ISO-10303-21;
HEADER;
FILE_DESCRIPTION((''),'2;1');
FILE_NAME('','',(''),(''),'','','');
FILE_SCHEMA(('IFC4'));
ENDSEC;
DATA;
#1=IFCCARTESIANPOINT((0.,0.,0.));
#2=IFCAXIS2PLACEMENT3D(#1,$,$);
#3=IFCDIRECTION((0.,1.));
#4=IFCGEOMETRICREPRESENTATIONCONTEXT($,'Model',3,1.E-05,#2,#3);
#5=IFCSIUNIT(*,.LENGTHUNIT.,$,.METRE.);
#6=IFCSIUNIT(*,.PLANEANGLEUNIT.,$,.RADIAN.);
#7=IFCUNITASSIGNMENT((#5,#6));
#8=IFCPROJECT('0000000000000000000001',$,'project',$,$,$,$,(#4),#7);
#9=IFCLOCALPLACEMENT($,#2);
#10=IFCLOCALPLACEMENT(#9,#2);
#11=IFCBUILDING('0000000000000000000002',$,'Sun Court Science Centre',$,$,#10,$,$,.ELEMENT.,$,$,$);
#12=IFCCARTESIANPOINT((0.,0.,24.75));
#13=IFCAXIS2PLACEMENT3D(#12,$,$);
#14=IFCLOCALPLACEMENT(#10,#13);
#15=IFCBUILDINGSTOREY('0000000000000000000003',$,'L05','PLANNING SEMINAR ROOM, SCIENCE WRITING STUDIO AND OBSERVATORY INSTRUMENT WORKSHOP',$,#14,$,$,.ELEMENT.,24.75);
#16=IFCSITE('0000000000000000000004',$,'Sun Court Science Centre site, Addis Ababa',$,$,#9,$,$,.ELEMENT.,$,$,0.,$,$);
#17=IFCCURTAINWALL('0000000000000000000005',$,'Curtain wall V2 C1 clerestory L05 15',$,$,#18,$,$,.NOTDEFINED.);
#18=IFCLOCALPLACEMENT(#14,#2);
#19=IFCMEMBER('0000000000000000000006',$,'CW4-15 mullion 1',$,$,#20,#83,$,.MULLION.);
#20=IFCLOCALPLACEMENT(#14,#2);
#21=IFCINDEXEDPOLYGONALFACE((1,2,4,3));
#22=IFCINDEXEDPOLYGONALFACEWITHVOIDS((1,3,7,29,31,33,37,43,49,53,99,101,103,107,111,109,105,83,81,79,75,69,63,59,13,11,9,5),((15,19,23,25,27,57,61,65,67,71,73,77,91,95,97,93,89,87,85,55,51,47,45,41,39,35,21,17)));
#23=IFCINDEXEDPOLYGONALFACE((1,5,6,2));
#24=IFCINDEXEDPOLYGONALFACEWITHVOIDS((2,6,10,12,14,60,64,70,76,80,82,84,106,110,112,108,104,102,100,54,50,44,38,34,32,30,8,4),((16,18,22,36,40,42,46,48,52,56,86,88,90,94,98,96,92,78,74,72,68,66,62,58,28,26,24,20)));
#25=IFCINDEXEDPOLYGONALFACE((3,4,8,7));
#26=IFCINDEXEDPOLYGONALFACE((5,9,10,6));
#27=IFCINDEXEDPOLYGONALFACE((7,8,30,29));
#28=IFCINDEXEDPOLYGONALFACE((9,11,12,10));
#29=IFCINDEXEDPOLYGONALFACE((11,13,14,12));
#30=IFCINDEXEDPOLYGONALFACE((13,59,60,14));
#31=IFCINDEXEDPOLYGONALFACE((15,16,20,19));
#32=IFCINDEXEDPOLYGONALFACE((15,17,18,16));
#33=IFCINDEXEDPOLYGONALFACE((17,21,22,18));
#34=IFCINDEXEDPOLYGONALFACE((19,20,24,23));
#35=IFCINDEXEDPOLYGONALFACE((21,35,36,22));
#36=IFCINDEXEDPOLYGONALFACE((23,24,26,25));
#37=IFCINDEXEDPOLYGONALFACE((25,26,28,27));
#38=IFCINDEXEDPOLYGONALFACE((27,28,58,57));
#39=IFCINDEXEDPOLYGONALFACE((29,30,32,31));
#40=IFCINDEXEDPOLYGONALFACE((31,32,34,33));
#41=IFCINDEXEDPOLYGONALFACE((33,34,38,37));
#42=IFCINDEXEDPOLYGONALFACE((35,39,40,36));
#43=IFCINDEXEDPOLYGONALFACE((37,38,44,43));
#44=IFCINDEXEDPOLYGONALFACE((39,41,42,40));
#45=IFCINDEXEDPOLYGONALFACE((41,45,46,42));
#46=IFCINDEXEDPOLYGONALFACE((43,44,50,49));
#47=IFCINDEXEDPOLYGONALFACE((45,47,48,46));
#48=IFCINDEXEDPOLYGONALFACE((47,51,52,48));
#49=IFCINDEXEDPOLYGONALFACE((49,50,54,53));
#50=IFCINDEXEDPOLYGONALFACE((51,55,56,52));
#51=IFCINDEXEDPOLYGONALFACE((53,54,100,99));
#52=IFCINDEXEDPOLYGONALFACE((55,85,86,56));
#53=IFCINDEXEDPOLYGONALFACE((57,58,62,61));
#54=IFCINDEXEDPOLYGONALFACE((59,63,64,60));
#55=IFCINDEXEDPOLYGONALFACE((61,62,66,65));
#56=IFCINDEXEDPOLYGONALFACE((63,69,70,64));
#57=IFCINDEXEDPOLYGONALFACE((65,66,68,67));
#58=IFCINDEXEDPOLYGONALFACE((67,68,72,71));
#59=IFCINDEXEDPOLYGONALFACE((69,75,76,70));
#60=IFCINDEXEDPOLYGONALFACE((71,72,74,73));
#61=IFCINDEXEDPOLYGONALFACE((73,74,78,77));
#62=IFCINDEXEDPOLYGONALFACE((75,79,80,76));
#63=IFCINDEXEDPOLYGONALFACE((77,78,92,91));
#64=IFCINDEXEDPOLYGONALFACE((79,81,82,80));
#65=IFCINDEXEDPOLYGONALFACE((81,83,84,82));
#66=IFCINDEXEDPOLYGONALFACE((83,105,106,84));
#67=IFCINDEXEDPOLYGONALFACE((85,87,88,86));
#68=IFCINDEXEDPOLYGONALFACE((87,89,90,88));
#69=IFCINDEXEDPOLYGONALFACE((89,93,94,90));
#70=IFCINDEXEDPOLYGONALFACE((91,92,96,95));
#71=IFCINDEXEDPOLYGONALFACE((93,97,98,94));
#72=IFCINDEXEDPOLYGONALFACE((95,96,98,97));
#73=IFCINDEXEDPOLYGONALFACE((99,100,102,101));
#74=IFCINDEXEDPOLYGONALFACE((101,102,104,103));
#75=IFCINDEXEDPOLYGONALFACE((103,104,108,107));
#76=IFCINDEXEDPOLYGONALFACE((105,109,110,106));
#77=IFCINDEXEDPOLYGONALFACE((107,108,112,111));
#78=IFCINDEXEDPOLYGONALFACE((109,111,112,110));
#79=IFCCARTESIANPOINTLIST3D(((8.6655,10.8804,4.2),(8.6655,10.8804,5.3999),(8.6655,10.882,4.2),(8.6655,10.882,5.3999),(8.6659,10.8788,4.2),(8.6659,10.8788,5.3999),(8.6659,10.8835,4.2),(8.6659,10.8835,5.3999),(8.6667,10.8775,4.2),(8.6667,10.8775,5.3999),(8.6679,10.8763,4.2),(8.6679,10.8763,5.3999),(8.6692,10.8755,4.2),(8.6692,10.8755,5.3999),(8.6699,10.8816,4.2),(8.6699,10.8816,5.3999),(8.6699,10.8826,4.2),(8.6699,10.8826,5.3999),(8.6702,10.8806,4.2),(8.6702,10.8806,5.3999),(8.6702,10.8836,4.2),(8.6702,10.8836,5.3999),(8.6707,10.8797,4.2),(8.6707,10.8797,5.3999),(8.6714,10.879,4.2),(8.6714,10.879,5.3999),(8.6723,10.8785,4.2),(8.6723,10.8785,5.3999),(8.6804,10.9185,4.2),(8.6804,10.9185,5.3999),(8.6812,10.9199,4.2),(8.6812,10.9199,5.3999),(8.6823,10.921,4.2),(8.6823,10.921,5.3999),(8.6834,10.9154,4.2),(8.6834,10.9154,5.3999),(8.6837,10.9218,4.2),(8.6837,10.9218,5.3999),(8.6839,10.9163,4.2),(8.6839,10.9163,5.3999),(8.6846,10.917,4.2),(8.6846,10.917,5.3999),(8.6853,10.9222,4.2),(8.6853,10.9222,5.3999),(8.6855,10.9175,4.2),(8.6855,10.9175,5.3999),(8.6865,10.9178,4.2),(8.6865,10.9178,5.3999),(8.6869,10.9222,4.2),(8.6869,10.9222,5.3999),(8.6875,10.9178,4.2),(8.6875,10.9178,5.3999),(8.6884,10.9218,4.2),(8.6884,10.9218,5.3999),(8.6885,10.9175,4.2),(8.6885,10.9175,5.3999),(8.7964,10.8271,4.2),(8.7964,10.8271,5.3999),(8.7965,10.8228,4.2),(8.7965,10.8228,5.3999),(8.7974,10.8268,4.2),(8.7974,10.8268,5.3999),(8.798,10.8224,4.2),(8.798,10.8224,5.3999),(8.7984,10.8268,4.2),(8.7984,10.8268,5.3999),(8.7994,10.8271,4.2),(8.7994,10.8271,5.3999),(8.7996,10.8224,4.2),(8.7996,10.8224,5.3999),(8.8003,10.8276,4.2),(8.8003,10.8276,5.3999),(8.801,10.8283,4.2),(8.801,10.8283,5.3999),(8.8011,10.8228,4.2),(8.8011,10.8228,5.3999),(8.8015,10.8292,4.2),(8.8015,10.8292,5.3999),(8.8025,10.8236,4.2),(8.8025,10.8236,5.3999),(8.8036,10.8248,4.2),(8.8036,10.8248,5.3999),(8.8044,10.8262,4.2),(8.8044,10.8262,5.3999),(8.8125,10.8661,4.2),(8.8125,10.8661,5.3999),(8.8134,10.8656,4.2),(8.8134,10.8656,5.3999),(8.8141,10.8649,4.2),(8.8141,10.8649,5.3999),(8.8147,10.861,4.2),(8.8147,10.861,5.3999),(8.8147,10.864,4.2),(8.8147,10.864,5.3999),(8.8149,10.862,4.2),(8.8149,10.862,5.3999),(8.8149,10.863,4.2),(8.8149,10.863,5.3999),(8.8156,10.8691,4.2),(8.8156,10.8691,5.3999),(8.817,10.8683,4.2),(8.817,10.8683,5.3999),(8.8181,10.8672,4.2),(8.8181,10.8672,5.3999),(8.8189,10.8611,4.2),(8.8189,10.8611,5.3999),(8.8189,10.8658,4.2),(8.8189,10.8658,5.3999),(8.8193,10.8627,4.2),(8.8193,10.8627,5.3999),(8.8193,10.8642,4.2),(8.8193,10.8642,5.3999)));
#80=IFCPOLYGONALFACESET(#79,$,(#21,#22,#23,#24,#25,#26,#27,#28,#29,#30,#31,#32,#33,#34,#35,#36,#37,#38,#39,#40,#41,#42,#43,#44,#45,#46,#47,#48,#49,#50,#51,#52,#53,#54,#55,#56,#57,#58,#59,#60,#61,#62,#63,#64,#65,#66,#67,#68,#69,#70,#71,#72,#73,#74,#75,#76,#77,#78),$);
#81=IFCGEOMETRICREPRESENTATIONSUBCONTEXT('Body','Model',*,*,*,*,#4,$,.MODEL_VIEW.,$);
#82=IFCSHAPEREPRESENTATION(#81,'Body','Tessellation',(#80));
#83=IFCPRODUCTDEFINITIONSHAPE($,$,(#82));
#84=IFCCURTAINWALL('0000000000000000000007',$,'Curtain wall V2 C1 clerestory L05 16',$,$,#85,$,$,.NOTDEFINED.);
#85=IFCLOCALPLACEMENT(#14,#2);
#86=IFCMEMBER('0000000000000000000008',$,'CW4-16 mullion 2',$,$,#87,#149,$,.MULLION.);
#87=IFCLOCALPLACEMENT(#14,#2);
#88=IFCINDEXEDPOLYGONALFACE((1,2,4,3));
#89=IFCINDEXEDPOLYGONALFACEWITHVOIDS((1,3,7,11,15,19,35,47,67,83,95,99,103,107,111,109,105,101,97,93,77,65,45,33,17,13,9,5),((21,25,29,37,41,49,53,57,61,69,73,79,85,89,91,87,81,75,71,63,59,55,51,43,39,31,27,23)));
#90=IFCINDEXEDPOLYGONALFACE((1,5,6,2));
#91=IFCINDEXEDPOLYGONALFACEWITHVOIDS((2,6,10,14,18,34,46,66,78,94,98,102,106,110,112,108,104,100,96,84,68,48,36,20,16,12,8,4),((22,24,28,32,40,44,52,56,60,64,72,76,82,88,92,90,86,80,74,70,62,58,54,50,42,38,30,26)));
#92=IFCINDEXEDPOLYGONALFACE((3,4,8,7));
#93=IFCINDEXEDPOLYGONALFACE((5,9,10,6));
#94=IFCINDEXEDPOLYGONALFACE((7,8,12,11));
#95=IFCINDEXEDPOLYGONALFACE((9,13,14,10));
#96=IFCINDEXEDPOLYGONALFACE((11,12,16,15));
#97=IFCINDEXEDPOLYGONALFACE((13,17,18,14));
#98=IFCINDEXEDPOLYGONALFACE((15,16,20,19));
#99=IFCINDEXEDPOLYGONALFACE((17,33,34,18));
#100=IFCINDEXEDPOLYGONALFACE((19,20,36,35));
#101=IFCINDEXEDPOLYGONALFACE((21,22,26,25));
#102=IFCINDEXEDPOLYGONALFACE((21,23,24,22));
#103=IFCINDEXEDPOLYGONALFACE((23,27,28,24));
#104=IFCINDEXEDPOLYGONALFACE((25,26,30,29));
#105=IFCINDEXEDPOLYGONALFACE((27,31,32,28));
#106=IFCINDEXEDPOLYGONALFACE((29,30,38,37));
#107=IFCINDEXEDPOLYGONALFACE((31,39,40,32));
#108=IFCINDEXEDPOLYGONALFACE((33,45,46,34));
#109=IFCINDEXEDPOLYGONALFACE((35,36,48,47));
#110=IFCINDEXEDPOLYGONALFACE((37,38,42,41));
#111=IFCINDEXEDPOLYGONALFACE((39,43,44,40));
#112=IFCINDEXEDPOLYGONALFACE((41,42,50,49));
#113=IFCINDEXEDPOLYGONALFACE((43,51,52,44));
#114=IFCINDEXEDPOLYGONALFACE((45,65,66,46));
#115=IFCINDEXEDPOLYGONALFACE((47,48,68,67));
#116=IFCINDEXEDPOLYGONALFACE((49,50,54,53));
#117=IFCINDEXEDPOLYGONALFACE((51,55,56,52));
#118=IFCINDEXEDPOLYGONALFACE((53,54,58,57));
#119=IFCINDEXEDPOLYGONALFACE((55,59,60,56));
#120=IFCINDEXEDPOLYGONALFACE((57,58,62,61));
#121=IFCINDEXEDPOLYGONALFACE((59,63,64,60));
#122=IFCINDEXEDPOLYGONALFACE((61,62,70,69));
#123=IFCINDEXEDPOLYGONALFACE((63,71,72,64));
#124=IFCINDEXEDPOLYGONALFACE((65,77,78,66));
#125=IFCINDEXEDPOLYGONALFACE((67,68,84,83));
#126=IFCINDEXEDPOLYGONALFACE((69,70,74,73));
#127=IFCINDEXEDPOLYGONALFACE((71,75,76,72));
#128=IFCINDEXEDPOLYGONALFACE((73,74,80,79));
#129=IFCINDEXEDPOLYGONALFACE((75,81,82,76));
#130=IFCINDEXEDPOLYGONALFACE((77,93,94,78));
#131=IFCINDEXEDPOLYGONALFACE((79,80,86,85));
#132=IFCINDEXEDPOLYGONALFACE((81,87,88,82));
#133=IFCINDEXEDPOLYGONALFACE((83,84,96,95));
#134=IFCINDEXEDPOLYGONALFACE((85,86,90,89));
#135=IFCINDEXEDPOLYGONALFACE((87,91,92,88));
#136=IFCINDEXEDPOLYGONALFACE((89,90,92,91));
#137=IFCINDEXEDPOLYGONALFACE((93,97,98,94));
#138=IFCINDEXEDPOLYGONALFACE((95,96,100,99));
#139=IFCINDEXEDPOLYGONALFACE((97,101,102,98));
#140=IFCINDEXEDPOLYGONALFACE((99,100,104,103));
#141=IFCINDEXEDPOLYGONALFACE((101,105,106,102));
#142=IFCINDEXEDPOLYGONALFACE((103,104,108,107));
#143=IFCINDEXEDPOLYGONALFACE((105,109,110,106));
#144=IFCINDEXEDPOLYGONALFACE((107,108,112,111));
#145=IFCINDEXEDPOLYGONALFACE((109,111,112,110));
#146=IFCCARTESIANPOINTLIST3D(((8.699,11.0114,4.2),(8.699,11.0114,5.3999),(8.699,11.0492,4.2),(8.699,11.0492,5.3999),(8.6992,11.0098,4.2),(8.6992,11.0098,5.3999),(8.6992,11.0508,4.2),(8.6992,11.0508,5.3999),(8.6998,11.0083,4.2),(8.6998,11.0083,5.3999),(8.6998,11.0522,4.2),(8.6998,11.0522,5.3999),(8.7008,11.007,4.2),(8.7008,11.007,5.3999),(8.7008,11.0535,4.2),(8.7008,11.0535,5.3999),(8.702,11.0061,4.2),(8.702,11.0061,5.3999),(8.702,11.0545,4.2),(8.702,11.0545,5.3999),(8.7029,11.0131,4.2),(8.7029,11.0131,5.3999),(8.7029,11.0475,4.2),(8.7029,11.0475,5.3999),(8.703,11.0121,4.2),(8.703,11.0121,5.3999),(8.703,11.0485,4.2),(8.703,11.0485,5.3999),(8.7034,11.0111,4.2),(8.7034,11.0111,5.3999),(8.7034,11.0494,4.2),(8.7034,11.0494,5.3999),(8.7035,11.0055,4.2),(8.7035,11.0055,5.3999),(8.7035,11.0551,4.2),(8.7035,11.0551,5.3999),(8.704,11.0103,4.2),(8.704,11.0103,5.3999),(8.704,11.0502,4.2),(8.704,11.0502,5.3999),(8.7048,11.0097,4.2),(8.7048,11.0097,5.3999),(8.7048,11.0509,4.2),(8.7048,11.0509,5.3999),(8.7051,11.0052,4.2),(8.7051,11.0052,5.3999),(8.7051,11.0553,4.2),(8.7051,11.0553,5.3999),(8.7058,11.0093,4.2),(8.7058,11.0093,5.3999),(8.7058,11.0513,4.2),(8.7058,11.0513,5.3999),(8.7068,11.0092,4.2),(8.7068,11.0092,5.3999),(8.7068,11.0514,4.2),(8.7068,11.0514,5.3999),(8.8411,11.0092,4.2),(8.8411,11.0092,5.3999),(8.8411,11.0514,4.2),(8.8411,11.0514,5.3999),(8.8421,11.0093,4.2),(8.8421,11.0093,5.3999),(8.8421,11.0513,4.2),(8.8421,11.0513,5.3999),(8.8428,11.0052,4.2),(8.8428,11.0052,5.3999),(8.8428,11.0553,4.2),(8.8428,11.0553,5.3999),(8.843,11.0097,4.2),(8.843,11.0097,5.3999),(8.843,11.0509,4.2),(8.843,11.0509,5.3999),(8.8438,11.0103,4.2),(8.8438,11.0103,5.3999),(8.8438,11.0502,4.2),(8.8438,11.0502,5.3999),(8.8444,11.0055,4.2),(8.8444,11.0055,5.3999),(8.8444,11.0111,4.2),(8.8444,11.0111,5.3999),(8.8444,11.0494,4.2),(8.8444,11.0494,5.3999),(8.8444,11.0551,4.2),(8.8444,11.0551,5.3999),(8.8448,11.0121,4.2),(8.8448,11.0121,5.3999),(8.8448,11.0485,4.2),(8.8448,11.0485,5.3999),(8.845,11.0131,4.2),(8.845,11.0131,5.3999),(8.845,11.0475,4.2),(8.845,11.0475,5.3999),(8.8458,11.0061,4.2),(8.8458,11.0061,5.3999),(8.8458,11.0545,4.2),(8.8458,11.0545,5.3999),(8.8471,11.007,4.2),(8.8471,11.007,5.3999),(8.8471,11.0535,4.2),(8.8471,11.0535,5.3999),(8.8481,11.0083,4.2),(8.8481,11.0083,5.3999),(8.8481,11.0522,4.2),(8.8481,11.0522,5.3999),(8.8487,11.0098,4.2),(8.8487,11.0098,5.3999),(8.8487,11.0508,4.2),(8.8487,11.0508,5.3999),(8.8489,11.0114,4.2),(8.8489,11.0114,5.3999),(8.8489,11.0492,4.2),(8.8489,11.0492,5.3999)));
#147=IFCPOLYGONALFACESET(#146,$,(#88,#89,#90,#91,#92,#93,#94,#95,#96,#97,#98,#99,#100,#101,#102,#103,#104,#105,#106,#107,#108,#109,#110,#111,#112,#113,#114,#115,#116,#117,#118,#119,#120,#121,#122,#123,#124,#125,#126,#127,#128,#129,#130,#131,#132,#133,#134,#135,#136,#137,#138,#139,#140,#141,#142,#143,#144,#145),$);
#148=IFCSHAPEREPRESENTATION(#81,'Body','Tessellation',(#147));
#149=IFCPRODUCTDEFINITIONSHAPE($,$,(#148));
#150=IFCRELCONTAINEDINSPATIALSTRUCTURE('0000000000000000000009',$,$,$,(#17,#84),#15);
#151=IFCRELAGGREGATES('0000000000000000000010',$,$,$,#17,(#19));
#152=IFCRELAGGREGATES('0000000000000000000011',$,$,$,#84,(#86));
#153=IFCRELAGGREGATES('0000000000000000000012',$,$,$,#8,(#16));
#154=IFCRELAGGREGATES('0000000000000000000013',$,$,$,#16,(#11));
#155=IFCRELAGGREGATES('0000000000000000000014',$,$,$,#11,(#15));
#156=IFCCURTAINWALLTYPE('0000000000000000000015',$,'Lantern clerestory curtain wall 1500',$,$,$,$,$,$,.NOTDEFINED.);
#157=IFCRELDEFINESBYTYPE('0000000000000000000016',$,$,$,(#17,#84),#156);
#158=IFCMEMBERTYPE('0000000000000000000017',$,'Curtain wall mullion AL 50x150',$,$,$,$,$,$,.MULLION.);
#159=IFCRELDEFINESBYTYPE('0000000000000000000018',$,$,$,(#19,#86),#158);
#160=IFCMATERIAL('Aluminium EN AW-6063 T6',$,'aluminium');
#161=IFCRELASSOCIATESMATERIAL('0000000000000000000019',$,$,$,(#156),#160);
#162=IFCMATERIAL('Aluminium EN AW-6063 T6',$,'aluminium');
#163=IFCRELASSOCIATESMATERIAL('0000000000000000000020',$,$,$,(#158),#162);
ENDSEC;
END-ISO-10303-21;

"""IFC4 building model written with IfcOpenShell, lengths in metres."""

from ifc_helpers import new_model, si_unit, direction, frame, origin, origin_2d, place, context, subcontext, project, spatial, hollow_rectangle, extrude, material, material_profile, profile_set, type_object, element, aggregate, save


model = new_model("IFC4")

# Units and contexts
model_context = context("Model", 3, precision=1e-05, world=origin(), true_north=direction((0.0, 1.0)))
body_context = subcontext(model_context, "Body", "Model", "MODEL_VIEW")
ifc_project = project(units=[si_unit("LENGTHUNIT", "METRE"), si_unit("PLANEANGLEUNIT", "RADIAN")], contexts=[model_context])

# Site, building, storey
site_placement = place(None, origin())
site = spatial("IfcSite", under=ifc_project, at=site_placement, Name="Sun Court Science Centre site, Addis Ababa", CompositionType="ELEMENT", RefElevation=0.0)
building_placement = place(site_placement, origin())
building = spatial("IfcBuilding", under=site, at=building_placement, Name="Sun Court Science Centre", CompositionType="ELEMENT")
storey_placement = place(building_placement, frame((0.0, 0.0, 24.75)))
storey = spatial("IfcBuildingStorey", under=building, at=storey_placement, Name="L05", Description="PLANNING SEMINAR ROOM, SCIENCE WRITING STUDIO AND OBSERVATORY INSTRUMENT WORKSHOP", CompositionType="ELEMENT", Elevation=24.75)

# Shared definitions
ifc_material_1 = material(Name="Aluminium EN AW-6063 T6", Category="aluminium")
curtain_wall_type = type_object("IfcCurtainWallType", Name="Lantern clerestory curtain wall 1500", PredefinedType="NOTDEFINED", material=ifc_material_1)
ifc_material_2 = material(Name="Aluminium EN AW-6063 T6", Category="aluminium")
ifc_material_profile_1 = material_profile(ifc_material_2, hollow_rectangle(XDim=0.05, YDim=0.1499, WallThickness=0.0039, InnerFilletRadius=0.0039, OuterFilletRadius=0.0061, at=origin_2d()), Name="AL 50x150x4")
ifc_profile_set_1 = profile_set([ifc_material_profile_1], Name="Aluminium EN AW-6063 T6")
member_type_1 = type_object("IfcMemberType", Name="Curtain wall mullion AL 50x150", PredefinedType="MULLION", material=ifc_profile_set_1)

# Curtain walls, members
curtain_wall_1_placement = place(storey_placement, origin())
curtain_wall_1 = element("IfcCurtainWall", 1, at=curtain_wall_1_placement, inside=storey, type_object=curtain_wall_type, Name="Curtain wall V2 C1 clerestory L05 15", PredefinedType="NOTDEFINED")
member_1_placement = place(storey_placement, frame((8.7424, 10.8723, 4.2), z_axis=(0.0, 0.0, 1.0), x_axis=(-0.382683, -0.92388, 0.0)))
member_1 = element("IfcMember", 2, at=member_1_placement, type_object=member_type_1, Name="CW4-15 mullion 1", PredefinedType="MULLION", context=body_context, shape_type="SweptSolid", body=[
    extrude(hollow_rectangle(XDim=0.05, YDim=0.1499, WallThickness=0.0039, InnerFilletRadius=0.0039, OuterFilletRadius=0.0061, at=origin_2d()), origin(), (0.0, 0.0, 1.0), 1.2),
])
aggregate(curtain_wall_1, [member_1])
curtain_wall_2_placement = place(storey_placement, origin())
curtain_wall_2 = element("IfcCurtainWall", 3, at=curtain_wall_2_placement, inside=storey, type_object=curtain_wall_type, Name="Curtain wall V2 C1 clerestory L05 16", PredefinedType="NOTDEFINED")
member_2_placement = place(storey_placement, frame((8.7739, 11.0303, 4.2), z_axis=(0.0, 0.0, 1.0), x_axis=(0.0, -1.0, 0.0)))
member_2 = element("IfcMember", 4, at=member_2_placement, type_object=member_type_1, Name="CW4-16 mullion 2", PredefinedType="MULLION", context=body_context, shape_type="SweptSolid", body=[
    extrude(hollow_rectangle(XDim=0.05, YDim=0.1499, WallThickness=0.0039, InnerFilletRadius=0.0039, OuterFilletRadius=0.0061, at=origin_2d()), origin(), (0.0, 0.0, 1.0), 1.2),
])
aggregate(curtain_wall_2, [member_2])

save(model, "model.ifc")
